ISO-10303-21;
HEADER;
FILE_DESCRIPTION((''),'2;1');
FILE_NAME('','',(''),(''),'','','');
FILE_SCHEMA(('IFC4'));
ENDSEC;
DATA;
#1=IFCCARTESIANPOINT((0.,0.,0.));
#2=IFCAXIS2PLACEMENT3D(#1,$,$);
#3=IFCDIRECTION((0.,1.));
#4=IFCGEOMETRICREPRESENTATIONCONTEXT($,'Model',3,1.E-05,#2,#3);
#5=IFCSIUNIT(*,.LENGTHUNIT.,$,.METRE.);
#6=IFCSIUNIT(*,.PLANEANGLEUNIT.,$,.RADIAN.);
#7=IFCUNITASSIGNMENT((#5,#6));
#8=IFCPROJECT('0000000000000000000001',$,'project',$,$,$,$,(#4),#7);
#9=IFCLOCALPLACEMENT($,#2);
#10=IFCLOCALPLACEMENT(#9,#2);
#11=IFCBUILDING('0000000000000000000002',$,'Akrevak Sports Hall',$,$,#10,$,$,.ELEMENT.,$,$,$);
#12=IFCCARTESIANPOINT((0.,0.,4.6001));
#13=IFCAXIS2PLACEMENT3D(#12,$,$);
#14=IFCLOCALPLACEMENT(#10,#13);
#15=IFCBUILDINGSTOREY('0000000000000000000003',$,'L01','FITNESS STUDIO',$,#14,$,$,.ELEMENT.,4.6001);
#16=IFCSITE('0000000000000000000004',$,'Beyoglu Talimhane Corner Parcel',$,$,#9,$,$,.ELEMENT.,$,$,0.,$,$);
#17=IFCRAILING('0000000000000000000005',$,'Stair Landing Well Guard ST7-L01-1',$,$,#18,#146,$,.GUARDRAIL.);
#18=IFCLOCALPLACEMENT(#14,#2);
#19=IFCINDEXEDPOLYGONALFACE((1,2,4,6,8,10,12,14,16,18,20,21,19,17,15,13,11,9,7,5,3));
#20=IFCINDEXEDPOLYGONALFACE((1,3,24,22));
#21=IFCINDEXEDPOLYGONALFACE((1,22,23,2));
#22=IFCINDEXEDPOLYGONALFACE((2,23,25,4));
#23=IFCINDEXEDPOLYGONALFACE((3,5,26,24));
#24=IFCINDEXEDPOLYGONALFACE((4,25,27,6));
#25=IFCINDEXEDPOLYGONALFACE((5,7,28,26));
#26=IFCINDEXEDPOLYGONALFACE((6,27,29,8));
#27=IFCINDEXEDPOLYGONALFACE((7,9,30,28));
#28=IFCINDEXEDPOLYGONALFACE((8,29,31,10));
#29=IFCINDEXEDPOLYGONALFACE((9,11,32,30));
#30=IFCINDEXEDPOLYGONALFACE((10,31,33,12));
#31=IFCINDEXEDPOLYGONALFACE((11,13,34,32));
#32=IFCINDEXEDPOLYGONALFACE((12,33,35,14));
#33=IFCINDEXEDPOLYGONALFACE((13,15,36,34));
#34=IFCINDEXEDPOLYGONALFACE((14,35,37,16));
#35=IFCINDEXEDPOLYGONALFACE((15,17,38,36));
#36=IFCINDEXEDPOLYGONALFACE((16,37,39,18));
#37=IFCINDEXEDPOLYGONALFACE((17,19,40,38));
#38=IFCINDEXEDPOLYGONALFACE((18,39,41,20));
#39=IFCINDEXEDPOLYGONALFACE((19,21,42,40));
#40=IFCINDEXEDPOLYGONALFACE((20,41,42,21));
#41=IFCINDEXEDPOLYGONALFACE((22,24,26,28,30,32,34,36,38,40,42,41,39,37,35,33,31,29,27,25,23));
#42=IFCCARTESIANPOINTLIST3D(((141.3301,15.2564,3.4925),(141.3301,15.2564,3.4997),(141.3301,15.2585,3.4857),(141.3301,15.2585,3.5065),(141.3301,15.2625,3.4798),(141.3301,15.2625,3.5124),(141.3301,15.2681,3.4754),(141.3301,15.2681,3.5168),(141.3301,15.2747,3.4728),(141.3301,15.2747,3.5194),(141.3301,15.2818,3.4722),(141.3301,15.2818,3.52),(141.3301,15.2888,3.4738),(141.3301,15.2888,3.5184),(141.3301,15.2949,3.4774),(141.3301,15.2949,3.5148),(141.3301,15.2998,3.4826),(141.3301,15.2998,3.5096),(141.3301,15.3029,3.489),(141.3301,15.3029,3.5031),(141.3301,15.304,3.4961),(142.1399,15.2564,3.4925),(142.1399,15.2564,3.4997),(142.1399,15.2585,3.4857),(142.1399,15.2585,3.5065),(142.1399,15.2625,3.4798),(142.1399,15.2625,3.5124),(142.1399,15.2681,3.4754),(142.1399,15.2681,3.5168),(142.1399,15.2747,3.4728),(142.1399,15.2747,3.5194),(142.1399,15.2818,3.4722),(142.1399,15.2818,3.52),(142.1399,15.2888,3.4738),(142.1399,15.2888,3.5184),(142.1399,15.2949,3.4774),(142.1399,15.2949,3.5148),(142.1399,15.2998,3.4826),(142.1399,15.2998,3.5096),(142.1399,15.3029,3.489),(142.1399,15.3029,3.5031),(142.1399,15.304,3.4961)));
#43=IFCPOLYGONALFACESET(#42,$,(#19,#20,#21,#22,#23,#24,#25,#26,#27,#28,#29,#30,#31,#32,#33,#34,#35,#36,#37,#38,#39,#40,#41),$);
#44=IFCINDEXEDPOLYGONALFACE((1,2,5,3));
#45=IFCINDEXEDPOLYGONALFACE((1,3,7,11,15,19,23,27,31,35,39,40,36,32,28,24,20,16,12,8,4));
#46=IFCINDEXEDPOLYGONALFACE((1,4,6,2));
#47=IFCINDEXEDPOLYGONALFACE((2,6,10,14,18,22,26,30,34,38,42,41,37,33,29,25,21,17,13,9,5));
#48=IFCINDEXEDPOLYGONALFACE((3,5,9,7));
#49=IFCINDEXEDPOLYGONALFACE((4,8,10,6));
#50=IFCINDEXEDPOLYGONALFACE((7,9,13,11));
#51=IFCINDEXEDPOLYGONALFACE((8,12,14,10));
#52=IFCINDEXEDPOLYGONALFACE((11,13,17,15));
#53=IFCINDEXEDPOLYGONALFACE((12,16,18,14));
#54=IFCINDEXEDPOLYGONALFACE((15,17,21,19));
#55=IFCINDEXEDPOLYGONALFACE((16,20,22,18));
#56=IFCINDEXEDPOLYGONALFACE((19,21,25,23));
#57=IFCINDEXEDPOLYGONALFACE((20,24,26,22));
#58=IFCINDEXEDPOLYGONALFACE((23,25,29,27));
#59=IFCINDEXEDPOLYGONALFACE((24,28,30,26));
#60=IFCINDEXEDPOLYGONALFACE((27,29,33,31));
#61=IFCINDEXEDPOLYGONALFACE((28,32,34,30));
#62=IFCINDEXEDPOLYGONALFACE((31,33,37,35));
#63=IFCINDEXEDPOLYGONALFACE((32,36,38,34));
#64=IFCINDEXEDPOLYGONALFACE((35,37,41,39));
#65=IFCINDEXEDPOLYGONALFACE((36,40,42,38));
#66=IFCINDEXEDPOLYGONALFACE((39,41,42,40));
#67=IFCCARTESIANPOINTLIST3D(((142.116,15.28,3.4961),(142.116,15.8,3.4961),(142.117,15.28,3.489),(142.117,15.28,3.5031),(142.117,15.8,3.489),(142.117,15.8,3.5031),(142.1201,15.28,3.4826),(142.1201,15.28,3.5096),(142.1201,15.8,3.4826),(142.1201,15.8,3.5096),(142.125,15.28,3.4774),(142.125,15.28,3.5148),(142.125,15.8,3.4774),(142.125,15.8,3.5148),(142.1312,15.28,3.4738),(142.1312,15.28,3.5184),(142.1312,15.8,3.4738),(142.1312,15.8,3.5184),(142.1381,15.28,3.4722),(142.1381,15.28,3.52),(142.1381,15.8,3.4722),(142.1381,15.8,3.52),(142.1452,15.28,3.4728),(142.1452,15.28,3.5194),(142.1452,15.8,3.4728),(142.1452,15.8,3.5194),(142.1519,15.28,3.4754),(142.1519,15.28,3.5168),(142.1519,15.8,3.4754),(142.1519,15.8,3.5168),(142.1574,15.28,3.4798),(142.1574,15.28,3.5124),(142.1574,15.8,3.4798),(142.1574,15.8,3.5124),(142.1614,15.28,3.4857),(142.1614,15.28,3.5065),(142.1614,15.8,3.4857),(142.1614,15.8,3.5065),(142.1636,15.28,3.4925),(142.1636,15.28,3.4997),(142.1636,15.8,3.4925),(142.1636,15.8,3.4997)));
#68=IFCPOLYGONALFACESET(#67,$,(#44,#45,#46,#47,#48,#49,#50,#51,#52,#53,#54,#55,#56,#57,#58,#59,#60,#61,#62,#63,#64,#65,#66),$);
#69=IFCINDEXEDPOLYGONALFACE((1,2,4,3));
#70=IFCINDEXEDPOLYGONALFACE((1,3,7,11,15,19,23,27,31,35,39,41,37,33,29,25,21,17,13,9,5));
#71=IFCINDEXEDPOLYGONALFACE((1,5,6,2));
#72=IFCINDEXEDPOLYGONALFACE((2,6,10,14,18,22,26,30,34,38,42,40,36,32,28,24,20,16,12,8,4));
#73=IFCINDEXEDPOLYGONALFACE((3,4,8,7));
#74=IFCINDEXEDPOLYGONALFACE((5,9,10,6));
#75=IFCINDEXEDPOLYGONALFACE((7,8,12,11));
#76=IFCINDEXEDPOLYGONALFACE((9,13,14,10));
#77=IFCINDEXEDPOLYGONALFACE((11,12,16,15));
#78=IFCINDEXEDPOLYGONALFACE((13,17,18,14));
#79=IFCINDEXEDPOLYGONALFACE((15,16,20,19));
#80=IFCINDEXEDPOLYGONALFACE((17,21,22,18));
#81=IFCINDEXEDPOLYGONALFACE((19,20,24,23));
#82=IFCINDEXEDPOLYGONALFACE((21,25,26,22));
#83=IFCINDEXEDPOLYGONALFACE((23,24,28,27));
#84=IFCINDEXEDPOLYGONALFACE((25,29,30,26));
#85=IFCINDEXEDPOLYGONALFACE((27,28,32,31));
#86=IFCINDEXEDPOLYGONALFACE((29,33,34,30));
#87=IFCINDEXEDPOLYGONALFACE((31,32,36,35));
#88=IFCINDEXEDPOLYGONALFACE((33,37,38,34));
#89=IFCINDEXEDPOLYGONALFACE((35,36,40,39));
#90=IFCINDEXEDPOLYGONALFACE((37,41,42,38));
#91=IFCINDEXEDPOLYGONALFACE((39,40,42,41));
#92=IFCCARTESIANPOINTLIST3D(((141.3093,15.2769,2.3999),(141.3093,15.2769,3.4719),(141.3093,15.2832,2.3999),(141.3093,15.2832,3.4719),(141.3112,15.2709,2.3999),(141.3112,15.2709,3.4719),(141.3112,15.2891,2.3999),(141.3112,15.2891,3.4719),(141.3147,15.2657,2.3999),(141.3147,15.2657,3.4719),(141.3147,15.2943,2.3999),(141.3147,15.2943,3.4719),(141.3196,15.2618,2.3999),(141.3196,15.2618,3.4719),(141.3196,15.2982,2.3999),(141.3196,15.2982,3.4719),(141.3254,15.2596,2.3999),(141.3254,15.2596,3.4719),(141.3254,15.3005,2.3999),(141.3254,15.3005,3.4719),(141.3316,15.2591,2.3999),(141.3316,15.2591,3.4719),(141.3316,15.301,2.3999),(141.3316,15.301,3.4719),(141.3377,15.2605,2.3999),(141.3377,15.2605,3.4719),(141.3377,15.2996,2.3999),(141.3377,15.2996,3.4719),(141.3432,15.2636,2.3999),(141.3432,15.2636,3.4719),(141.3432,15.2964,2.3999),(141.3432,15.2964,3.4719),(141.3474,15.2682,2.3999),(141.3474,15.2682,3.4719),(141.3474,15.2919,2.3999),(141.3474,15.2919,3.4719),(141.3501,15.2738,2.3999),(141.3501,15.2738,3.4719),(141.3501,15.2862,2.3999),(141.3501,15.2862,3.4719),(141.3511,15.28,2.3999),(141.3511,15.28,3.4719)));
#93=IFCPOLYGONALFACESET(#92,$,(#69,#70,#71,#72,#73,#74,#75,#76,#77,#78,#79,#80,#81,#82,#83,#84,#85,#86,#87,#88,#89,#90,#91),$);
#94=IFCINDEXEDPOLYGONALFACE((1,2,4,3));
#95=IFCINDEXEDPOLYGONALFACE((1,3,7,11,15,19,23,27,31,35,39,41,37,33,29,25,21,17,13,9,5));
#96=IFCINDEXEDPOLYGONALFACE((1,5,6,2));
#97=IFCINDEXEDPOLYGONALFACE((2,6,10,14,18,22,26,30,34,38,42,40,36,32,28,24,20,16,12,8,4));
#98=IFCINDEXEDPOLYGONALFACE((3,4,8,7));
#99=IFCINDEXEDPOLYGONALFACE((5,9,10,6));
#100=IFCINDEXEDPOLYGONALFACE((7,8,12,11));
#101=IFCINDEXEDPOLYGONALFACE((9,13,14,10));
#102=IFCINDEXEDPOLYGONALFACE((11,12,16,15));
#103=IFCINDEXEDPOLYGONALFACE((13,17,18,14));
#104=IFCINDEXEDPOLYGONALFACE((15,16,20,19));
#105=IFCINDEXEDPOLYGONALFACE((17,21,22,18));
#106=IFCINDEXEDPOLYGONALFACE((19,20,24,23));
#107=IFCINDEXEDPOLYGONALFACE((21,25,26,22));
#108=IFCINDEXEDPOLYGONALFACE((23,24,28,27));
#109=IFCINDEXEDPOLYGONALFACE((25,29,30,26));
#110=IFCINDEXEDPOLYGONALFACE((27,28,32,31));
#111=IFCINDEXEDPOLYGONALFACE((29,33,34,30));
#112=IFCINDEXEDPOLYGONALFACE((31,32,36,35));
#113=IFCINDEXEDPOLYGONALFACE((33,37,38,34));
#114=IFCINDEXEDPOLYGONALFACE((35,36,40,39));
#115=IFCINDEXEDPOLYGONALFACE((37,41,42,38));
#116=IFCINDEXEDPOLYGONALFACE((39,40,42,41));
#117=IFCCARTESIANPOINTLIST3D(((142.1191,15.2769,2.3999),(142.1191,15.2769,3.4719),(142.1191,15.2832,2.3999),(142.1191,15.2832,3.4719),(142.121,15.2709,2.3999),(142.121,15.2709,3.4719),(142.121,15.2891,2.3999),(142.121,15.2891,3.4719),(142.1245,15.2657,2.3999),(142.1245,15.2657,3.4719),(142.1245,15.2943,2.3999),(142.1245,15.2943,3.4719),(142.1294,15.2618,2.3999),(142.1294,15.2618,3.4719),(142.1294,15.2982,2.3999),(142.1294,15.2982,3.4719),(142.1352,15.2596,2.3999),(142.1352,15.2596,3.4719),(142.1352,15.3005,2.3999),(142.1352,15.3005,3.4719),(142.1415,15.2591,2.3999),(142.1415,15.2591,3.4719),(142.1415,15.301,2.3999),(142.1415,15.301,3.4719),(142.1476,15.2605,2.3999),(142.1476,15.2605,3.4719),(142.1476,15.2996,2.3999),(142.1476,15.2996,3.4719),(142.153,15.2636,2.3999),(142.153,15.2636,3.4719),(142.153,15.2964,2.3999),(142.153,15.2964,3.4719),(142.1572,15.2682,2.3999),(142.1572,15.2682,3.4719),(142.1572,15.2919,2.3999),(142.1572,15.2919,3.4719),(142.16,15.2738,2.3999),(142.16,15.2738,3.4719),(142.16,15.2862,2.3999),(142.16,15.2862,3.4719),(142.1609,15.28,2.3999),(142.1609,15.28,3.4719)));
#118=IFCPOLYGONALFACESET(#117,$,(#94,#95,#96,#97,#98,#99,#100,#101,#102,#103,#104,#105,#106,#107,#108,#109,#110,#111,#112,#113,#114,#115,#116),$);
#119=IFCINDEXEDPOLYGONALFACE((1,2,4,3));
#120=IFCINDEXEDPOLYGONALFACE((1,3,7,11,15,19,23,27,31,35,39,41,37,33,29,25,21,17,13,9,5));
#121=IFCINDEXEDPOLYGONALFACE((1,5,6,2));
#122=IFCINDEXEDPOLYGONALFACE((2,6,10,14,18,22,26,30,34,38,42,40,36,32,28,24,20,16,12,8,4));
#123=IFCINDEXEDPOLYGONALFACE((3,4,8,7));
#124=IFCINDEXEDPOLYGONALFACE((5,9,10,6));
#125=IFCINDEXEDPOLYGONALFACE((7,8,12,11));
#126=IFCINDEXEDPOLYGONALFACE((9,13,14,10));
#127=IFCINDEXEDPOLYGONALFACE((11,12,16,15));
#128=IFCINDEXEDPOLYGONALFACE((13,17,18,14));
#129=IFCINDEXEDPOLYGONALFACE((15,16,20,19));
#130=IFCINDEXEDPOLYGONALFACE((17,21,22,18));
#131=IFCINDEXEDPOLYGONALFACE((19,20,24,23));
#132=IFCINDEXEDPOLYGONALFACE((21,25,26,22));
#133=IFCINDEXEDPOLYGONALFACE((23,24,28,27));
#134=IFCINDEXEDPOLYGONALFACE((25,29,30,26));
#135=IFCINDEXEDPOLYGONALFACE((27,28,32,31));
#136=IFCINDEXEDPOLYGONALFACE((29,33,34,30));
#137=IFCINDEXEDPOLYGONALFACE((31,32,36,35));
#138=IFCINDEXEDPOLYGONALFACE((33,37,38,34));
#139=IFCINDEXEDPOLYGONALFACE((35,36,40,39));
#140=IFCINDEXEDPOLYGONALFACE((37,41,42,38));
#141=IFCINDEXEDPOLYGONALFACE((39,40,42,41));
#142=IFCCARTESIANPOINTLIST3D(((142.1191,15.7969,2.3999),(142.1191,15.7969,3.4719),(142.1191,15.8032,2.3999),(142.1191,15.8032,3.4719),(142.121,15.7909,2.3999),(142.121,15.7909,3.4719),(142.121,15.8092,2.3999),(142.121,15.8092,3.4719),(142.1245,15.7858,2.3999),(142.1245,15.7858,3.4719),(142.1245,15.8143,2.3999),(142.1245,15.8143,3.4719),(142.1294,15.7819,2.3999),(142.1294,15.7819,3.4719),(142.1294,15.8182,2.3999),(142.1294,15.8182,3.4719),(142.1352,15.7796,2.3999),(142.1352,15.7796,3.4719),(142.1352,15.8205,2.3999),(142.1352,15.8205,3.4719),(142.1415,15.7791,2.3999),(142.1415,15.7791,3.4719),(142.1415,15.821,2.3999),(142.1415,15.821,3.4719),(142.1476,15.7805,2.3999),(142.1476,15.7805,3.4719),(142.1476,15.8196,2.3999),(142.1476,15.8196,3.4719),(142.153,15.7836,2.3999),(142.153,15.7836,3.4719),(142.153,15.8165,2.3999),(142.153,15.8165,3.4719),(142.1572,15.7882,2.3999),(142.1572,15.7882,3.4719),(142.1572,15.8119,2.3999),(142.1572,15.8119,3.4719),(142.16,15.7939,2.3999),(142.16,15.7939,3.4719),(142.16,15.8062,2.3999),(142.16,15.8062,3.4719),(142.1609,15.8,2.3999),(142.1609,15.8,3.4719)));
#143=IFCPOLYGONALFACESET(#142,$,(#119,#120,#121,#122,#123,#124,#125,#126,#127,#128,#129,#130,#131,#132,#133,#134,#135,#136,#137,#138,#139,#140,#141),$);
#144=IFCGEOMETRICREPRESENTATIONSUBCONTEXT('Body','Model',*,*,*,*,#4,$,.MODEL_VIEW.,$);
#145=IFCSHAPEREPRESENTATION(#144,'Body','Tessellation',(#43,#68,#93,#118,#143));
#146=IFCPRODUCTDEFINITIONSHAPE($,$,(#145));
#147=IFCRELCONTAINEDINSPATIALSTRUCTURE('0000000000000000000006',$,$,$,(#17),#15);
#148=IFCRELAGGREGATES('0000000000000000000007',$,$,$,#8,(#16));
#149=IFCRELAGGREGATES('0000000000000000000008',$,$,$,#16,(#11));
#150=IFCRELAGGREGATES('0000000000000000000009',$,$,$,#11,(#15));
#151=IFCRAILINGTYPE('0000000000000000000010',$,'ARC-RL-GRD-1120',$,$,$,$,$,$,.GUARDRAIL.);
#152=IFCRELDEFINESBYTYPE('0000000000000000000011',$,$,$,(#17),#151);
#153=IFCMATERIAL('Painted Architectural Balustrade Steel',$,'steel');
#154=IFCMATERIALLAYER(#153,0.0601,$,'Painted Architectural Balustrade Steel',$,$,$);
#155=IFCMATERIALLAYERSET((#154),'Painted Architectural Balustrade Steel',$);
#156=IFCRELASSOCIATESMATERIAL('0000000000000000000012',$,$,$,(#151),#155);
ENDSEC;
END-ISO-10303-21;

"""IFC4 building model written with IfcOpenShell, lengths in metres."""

from ifc_helpers import new_model, si_unit, direction, frame, origin, origin_2d, place, context, subcontext, project, spatial, circle, extrude, material, layer, layer_set, type_object, element, save


model = new_model("IFC4")

# Units and contexts
model_context = context("Model", 3, precision=1e-05, world=origin(), true_north=direction((0.0, 1.0)))
body_context = subcontext(model_context, "Body", "Model", "MODEL_VIEW")
ifc_project = project(units=[si_unit("LENGTHUNIT", "METRE"), si_unit("PLANEANGLEUNIT", "RADIAN")], contexts=[model_context])

# Site, building, storey
site_placement = place(None, origin())
site = spatial("IfcSite", under=ifc_project, at=site_placement, Name="Beyoglu Talimhane Corner Parcel", CompositionType="ELEMENT", RefElevation=0.0)
building_placement = place(site_placement, origin())
building = spatial("IfcBuilding", under=site, at=building_placement, Name="Akrevak Sports Hall", CompositionType="ELEMENT")
storey_placement = place(building_placement, frame((0.0, 0.0, 4.6001)))
storey = spatial("IfcBuildingStorey", under=building, at=storey_placement, Name="L01", Description="FITNESS STUDIO", CompositionType="ELEMENT", Elevation=4.6001)

# Railing
ifc_material_1 = material(Name="Painted Architectural Balustrade Steel", Category="steel")
ifc_layer_1 = layer(ifc_material_1, 0.0601, Name="Painted Architectural Balustrade Steel")
ifc_layer_set_1 = layer_set([ifc_layer_1], Name="Painted Architectural Balustrade Steel")
railing_type_1 = type_object("IfcRailingType", Name="ARC-RL-GRD-1120", PredefinedType="GUARDRAIL", material=ifc_layer_set_1)
railing_1_placement = place(storey_placement, frame((141.3301, 15.28, 2.3999)))
element("IfcRailing", 1, at=railing_1_placement, inside=storey, type_object=railing_type_1, Name="Stair Landing Well Guard ST7-L01-1", PredefinedType="GUARDRAIL", context=body_context, shape_type="SweptSolid", body=[
    extrude(circle(Radius=0.0239, at=origin_2d()), frame((0.0, 0.0, 1.0962), z_axis=(1.0, 0.0, 0.0), x_axis=(0.0, 1.0, 0.0)), (0.0, 0.0, 1.0), 0.8098),
    extrude(circle(Radius=0.0239, at=origin_2d()), frame((0.8098, 0.0, 1.0962), z_axis=(0.0, 1.0, 0.0), x_axis=(-1.0, 0.0, 0.0)), (0.0, 0.0, 1.0), 0.52),
    extrude(circle(Radius=0.021, at=origin_2d()), origin(), (0.0, 0.0, 1.0), 1.072),
    extrude(circle(Radius=0.021, at=origin_2d()), frame((0.8098, 0.0, 0.0)), (0.0, 0.0, 1.0), 1.072),
    extrude(circle(Radius=0.021, at=origin_2d()), frame((0.8098, 0.52, 0.0)), (0.0, 0.0, 1.0), 1.072),
])

save(model, "model.ifc")
